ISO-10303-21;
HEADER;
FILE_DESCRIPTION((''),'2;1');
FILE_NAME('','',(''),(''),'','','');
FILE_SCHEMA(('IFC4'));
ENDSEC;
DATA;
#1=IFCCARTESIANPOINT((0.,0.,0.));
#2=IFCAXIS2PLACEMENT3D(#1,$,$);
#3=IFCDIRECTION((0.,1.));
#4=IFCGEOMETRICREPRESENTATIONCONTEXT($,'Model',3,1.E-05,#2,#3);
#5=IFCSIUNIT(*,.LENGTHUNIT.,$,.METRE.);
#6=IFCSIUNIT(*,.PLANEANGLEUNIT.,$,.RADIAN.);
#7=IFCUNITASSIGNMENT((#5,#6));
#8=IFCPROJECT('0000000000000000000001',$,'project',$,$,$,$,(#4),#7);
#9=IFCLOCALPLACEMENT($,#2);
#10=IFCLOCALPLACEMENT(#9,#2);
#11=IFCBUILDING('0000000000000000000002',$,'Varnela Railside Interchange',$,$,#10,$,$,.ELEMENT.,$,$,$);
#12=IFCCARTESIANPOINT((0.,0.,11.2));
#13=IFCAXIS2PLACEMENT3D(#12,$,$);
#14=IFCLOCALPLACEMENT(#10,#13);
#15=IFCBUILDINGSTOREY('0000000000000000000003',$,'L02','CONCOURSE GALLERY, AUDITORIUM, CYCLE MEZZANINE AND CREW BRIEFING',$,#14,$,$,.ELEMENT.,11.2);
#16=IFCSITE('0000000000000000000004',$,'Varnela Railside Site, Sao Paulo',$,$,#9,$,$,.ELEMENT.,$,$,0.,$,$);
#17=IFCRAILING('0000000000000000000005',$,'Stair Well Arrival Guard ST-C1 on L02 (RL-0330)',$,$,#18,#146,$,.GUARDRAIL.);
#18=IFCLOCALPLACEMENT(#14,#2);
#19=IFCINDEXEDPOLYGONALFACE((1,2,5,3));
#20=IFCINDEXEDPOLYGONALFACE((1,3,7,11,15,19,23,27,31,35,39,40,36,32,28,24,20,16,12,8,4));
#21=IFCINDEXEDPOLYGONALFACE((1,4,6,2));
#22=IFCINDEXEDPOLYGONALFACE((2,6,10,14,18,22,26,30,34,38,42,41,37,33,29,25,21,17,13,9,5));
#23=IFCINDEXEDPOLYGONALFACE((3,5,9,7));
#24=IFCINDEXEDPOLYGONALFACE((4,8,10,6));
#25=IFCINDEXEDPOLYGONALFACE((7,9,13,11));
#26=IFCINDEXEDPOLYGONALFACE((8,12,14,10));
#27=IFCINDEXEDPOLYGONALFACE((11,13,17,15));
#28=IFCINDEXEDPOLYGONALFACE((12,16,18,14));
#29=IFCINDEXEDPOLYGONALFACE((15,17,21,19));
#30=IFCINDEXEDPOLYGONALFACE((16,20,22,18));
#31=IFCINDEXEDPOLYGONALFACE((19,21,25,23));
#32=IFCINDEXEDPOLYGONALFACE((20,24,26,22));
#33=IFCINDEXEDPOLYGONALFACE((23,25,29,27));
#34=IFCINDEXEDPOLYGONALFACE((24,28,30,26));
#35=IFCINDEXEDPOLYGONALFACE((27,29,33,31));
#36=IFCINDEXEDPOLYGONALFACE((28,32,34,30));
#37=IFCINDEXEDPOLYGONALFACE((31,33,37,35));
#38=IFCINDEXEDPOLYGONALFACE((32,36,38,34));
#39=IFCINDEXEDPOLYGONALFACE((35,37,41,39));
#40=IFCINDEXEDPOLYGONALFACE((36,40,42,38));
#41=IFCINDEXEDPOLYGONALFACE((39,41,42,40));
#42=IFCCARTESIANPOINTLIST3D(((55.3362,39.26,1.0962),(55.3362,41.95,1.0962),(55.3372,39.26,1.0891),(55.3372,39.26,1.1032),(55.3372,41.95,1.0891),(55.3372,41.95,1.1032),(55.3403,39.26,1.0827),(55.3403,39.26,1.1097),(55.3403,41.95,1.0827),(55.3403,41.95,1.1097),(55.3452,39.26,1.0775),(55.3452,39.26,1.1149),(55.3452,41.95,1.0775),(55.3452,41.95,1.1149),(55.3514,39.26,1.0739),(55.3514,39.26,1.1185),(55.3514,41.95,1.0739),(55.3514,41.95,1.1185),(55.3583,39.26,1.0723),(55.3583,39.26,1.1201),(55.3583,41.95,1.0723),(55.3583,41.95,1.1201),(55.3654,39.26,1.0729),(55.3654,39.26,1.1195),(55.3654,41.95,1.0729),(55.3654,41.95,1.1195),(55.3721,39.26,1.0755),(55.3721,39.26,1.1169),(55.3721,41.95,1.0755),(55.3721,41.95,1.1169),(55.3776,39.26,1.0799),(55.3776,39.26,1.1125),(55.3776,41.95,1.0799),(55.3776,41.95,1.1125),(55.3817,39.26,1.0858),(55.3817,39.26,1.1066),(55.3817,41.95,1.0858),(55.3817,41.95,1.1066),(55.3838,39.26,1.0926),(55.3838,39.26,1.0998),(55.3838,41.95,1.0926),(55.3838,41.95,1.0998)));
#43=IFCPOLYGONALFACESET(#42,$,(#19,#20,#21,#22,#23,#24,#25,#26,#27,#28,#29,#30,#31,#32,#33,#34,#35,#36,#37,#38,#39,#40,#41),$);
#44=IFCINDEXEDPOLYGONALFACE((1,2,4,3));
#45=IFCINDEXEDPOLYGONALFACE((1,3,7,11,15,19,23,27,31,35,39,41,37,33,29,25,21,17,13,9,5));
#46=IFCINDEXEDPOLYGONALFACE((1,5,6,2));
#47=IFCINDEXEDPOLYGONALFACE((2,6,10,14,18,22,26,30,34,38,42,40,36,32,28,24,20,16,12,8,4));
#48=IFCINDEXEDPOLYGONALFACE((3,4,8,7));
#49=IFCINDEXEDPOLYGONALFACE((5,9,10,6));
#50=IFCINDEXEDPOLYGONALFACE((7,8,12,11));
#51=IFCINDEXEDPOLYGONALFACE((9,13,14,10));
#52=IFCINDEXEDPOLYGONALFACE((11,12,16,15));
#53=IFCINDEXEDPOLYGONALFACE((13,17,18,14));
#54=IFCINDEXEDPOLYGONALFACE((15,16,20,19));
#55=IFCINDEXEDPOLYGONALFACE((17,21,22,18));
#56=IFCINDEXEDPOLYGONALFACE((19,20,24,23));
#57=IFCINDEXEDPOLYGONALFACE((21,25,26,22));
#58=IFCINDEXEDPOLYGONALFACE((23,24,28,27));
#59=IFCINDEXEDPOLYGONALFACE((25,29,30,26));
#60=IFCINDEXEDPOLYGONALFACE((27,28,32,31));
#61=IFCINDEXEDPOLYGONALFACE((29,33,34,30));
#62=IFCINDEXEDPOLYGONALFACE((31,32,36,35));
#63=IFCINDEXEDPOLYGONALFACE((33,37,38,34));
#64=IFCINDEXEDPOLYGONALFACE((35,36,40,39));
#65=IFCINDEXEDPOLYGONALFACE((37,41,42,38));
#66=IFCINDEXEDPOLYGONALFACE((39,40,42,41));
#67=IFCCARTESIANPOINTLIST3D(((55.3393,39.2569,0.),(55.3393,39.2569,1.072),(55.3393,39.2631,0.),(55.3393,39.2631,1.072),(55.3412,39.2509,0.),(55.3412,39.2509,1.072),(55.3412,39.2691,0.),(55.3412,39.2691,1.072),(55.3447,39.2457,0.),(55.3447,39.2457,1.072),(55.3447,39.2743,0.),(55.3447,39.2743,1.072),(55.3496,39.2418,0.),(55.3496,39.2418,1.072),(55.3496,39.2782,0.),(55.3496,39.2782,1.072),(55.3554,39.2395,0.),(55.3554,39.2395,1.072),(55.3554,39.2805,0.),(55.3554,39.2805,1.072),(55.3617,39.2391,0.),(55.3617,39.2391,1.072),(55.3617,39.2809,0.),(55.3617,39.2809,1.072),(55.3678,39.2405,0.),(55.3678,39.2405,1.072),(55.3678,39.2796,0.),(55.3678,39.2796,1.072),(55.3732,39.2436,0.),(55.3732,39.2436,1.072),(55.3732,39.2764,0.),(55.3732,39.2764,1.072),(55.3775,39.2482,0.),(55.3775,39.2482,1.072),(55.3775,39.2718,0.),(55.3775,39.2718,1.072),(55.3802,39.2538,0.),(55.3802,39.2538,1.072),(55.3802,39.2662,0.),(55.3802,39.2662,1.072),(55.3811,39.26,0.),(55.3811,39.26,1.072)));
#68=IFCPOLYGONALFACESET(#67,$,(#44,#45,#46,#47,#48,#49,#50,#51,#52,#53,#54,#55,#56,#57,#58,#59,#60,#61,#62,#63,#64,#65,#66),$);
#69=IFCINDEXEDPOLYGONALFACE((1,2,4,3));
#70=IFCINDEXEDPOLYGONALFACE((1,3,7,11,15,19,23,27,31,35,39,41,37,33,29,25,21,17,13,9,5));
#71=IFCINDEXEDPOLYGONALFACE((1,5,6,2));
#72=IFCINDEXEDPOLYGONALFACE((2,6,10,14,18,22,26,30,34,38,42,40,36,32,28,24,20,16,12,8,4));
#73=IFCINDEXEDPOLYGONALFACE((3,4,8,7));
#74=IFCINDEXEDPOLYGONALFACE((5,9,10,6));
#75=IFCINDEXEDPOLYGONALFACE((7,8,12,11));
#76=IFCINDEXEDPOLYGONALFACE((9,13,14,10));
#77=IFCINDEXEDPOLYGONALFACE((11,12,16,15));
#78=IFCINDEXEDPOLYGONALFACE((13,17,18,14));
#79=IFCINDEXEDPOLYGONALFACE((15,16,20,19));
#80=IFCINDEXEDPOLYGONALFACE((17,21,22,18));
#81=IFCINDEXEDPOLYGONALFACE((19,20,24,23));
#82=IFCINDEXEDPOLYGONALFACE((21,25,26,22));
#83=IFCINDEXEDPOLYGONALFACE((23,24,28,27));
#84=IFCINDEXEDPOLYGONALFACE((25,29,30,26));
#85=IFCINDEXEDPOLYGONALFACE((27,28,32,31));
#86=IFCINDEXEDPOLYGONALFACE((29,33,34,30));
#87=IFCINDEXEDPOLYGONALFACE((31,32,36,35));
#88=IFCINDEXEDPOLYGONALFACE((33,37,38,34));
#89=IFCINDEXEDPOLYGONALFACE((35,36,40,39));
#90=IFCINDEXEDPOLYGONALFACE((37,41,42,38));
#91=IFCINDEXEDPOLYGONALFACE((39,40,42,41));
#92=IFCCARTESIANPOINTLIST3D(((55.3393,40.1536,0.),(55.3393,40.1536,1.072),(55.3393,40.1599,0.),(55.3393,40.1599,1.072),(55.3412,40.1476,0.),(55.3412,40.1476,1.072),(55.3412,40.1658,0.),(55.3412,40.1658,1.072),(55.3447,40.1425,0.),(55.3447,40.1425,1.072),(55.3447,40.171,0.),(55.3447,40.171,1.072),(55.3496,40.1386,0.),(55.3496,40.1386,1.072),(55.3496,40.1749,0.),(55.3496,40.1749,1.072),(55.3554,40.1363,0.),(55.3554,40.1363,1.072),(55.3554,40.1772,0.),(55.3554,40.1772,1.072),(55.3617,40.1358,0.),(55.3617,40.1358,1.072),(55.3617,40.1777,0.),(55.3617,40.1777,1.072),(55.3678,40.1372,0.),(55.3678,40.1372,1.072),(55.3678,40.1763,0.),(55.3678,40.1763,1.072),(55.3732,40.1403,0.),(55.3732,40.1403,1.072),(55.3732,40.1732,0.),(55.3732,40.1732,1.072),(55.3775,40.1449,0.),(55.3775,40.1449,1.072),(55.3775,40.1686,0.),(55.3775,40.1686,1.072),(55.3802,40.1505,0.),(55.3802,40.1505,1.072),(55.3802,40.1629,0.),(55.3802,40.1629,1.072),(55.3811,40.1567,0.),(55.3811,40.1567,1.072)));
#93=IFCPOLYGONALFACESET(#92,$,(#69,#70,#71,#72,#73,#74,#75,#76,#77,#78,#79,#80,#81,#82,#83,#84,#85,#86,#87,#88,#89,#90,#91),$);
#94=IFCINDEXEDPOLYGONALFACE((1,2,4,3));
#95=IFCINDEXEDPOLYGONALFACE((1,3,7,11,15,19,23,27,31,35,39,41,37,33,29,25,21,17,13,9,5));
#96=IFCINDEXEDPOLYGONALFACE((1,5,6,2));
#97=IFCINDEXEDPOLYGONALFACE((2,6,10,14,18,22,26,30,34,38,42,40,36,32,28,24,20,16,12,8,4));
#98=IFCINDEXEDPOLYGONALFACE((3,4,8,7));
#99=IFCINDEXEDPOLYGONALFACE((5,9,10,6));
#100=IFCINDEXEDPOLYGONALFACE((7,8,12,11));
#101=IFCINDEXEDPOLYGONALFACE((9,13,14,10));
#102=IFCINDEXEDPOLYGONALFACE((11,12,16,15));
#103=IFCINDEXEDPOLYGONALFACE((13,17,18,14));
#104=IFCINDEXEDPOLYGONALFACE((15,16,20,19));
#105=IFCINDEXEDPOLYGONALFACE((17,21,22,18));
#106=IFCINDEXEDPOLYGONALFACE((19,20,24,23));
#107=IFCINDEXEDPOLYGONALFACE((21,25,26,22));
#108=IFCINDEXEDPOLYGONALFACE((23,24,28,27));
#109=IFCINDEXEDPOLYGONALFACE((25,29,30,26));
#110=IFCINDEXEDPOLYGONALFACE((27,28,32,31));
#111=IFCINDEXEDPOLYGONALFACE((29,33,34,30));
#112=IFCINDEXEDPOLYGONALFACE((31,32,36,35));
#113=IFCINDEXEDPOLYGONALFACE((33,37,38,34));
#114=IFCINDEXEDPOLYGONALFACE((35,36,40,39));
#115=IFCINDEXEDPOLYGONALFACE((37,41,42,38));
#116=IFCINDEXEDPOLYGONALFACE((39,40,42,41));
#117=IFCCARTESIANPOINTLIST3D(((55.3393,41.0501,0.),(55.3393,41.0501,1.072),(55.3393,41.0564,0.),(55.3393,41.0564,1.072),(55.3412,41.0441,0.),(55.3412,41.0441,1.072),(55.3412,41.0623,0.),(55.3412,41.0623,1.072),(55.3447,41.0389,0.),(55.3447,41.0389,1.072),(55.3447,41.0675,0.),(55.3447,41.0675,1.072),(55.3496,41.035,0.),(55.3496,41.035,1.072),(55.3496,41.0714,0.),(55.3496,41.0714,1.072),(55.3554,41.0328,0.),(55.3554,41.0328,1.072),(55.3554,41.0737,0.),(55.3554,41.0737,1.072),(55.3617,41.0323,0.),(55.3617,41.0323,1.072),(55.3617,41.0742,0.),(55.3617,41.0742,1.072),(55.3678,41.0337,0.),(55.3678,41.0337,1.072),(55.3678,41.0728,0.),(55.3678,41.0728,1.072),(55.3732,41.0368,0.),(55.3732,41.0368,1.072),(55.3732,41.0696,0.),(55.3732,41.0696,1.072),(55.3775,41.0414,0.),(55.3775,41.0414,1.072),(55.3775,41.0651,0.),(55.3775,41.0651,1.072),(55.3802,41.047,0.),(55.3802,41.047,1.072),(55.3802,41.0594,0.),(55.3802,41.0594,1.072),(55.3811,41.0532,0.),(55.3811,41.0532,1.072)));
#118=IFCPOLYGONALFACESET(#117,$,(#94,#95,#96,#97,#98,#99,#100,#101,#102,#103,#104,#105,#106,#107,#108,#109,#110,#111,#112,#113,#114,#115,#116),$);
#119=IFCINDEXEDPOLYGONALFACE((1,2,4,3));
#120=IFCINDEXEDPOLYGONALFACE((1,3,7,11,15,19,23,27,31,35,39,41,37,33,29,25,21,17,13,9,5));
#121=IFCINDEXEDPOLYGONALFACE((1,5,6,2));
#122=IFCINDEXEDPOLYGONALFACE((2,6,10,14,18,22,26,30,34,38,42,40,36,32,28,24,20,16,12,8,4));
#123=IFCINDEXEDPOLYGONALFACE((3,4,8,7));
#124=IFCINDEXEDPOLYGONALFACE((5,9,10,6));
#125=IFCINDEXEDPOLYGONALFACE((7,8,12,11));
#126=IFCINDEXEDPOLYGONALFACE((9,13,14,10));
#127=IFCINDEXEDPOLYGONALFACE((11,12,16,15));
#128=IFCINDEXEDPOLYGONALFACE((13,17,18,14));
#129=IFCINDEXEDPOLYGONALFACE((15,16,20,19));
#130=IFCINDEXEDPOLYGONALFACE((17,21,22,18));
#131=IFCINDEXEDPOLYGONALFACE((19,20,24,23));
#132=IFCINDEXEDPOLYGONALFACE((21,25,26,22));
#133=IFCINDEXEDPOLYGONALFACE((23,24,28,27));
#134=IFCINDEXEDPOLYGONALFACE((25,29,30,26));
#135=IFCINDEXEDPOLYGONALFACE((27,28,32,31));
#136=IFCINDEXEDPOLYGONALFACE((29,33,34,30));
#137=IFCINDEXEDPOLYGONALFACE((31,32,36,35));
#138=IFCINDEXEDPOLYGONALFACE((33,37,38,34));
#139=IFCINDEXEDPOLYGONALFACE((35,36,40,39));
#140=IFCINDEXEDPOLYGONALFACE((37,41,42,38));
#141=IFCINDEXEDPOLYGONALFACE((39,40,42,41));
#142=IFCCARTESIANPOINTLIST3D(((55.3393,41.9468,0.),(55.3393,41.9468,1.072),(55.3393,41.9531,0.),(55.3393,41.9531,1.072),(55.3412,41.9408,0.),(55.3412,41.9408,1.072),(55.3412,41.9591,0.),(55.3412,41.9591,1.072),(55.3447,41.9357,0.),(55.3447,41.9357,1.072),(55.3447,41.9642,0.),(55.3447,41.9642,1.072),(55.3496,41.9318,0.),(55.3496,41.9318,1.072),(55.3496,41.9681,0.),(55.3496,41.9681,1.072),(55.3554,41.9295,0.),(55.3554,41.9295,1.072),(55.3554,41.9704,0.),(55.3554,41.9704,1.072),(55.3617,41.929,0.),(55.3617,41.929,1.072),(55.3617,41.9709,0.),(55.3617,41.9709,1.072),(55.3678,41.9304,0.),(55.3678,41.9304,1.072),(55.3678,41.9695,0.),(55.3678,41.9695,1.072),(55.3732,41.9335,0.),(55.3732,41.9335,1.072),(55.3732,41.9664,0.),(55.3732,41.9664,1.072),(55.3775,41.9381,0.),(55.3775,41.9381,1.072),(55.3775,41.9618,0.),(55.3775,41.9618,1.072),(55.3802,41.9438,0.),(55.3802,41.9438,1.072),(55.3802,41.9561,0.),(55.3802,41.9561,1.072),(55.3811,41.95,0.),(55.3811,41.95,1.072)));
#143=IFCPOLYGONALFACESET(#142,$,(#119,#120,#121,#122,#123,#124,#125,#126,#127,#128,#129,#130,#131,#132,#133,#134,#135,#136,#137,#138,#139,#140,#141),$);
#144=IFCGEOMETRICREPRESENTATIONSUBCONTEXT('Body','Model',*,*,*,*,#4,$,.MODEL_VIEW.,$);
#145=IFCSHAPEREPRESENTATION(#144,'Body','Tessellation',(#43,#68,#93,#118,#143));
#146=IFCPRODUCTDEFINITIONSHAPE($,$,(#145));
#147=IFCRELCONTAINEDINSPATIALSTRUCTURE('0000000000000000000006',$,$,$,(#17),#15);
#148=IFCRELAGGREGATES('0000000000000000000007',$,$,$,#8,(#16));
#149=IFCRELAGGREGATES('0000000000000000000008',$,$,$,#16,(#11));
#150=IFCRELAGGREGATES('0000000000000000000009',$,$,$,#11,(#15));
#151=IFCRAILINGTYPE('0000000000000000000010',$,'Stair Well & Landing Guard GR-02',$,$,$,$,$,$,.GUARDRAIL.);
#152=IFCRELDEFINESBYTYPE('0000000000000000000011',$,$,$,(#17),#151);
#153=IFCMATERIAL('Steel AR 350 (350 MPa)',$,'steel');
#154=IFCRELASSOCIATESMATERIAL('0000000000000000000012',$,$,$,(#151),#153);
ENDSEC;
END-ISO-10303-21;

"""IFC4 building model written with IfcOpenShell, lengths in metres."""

from ifc_helpers import new_model, si_unit, direction, frame, origin, origin_2d, place, context, subcontext, project, spatial, circle, extrude, material, type_object, element, save


model = new_model("IFC4")

# Units and contexts
model_context = context("Model", 3, precision=1e-05, world=origin(), true_north=direction((0.0, 1.0)))
body_context = subcontext(model_context, "Body", "Model", "MODEL_VIEW")
ifc_project = project(units=[si_unit("LENGTHUNIT", "METRE"), si_unit("PLANEANGLEUNIT", "RADIAN")], contexts=[model_context])

# Site, building, storey
site_placement = place(None, origin())
site = spatial("IfcSite", under=ifc_project, at=site_placement, Name="Varnela Railside Site, Sao Paulo", CompositionType="ELEMENT", RefElevation=0.0)
building_placement = place(site_placement, origin())
building = spatial("IfcBuilding", under=site, at=building_placement, Name="Varnela Railside Interchange", CompositionType="ELEMENT")
storey_placement = place(building_placement, frame((0.0, 0.0, 11.2)))
storey = spatial("IfcBuildingStorey", under=building, at=storey_placement, Name="L02", Description="CONCOURSE GALLERY, AUDITORIUM, CYCLE MEZZANINE AND CREW BRIEFING", CompositionType="ELEMENT", Elevation=11.2)

# Shared definitions
ifc_material_1 = material(Name="Steel AR 350 (350 MPa)", Category="steel")

# Railing
railing_type = type_object("IfcRailingType", Name="Stair Well & Landing Guard GR-02", PredefinedType="GUARDRAIL", material=ifc_material_1)
for number, where, name in (
    (1, (55.3601, 39.26, 0.0), "Stair Well Arrival Guard ST-C1 on L02 (RL-0330)"),
):
    element("IfcRailing", number, at=place(storey_placement, frame(where)), inside=storey, type_object=railing_type, Name=name, PredefinedType="GUARDRAIL", context=body_context, shape_type="SweptSolid", body=[
        extrude(circle(Radius=0.0239, at=origin_2d()), frame((0.0, 0.0, 1.0962), z_axis=(0.0, 1.0, 0.0), x_axis=(-1.0, 0.0, 0.0)), (0.0, 0.0, 1.0), 2.6899),
        extrude(circle(Radius=0.021, at=origin_2d()), origin(), (0.0, 0.0, 1.0), 1.072),
        extrude(circle(Radius=0.021, at=origin_2d()), frame((0.0, 0.8967, 0.0)), (0.0, 0.0, 1.0), 1.072),
        extrude(circle(Radius=0.021, at=origin_2d()), frame((0.0, 1.7932, 0.0)), (0.0, 0.0, 1.0), 1.072),
        extrude(circle(Radius=0.021, at=origin_2d()), frame((0.0, 2.6899, 0.0)), (0.0, 0.0, 1.0), 1.072),
    ])

save(model, "model.ifc")
